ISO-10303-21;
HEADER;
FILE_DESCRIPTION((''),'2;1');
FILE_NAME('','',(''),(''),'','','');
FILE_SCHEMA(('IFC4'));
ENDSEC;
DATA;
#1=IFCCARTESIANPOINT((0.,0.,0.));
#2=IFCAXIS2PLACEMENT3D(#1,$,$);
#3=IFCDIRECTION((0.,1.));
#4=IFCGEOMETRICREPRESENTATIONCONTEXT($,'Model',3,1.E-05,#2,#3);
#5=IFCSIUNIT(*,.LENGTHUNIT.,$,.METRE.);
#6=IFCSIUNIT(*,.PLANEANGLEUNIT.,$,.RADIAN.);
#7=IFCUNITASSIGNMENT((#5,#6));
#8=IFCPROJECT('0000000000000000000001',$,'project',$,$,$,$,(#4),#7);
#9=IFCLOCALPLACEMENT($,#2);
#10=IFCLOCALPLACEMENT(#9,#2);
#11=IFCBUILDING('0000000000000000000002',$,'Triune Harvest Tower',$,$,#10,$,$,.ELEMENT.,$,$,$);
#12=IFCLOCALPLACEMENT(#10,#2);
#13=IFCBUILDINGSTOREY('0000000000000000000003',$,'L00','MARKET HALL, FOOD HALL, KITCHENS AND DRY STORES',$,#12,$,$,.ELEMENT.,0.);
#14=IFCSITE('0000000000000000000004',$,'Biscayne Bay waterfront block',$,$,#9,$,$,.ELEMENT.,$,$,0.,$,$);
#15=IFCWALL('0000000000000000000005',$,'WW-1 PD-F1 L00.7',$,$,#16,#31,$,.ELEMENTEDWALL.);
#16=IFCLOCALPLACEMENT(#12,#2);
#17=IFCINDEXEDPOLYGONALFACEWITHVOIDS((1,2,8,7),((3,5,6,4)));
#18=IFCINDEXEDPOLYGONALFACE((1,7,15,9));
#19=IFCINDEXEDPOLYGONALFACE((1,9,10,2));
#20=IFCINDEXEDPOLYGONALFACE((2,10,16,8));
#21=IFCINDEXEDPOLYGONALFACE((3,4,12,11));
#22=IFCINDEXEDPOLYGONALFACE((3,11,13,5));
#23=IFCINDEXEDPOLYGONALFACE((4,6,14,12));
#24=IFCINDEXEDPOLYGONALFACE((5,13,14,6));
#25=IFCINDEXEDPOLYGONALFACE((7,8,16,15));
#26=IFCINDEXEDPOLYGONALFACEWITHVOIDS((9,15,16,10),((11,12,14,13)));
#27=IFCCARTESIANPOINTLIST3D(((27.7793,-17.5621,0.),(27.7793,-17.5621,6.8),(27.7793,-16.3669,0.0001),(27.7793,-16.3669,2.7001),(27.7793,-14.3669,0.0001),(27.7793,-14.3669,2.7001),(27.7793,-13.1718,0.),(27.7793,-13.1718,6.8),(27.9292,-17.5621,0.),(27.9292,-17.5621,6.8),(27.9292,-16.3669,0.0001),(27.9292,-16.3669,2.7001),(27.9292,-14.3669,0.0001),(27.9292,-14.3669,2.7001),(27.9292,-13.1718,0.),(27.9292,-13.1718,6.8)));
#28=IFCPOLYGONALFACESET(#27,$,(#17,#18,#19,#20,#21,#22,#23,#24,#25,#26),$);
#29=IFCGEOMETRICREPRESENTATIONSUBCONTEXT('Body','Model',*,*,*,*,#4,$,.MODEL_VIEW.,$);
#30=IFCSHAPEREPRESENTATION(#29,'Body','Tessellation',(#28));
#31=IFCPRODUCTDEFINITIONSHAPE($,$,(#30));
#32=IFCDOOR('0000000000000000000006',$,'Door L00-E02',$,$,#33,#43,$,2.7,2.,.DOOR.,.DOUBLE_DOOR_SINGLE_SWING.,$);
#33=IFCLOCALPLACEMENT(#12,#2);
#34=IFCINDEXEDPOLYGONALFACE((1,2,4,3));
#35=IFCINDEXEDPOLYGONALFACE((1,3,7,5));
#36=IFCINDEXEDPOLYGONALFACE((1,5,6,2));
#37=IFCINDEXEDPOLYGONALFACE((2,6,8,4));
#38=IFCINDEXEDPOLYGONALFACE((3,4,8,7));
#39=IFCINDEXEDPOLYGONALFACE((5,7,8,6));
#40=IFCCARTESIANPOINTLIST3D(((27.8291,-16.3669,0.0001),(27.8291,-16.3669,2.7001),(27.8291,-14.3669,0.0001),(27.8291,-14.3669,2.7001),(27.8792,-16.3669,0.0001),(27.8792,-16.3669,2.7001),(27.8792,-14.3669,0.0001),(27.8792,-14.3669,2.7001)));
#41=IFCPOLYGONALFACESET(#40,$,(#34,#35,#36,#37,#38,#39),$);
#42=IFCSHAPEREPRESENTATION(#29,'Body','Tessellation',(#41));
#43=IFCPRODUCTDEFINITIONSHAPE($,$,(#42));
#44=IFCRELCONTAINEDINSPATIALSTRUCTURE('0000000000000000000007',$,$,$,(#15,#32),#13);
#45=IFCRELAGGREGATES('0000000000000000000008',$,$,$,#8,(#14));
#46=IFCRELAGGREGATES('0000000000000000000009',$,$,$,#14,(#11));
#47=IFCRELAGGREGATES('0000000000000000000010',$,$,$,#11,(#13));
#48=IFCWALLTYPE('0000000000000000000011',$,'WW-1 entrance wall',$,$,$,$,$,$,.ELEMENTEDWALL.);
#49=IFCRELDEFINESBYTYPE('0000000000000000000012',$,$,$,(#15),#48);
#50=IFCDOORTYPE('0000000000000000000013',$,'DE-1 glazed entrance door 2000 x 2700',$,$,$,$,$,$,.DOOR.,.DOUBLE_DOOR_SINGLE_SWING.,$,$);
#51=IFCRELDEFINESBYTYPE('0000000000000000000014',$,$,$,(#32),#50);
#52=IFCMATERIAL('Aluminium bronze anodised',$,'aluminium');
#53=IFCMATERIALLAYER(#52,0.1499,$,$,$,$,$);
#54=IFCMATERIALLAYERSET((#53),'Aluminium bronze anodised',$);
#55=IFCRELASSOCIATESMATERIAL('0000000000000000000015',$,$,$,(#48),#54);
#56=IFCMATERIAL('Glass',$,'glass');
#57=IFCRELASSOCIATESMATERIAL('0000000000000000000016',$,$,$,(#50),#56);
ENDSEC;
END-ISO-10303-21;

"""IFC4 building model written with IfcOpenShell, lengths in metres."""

from ifc_helpers import new_model, si_unit, direction, frame, frame_2d, origin, place, context, subcontext, project, spatial, rectangle, extrude, source, transform, mapped, material, layer, layer_set, type_object, element, fill, save


model = new_model("IFC4")

# Units and contexts
model_context = context("Model", 3, precision=1e-05, world=origin(), true_north=direction((0.0, 1.0)))
body_context = subcontext(model_context, "Body", "Model", "MODEL_VIEW")
ifc_project = project(units=[si_unit("LENGTHUNIT", "METRE"), si_unit("PLANEANGLEUNIT", "RADIAN")], contexts=[model_context])

# Site, building, storey
site_placement = place(None, origin())
site = spatial("IfcSite", under=ifc_project, at=site_placement, Name="Biscayne Bay waterfront block", CompositionType="ELEMENT", RefElevation=0.0)
building_placement = place(site_placement, origin())
building = spatial("IfcBuilding", under=site, at=building_placement, Name="Triune Harvest Tower", CompositionType="ELEMENT")
storey_placement = place(building_placement, origin())
storey = spatial("IfcBuildingStorey", under=building, at=storey_placement, Name="L00", Description="MARKET HALL, FOOD HALL, KITCHENS AND DRY STORES", CompositionType="ELEMENT", Elevation=0.0)

# Wall, opening, door
ifc_material_1 = material(Name="Aluminium bronze anodised", Category="aluminium")
ifc_layer_1 = layer(ifc_material_1, 0.1499)
ifc_layer_set_1 = layer_set([ifc_layer_1], Name="Aluminium bronze anodised")
wall_type_1 = type_object("IfcWallType", Name="WW-1 entrance wall", PredefinedType="ELEMENTEDWALL", material=ifc_layer_set_1)
shared_shape_1 = source(origin(), body_context, "Body", "SweptSolid", [
    extrude(rectangle(XDim=4.3904, YDim=0.1499, at=frame_2d((2.1953, 0.0))), origin(), (0.0, 0.0, 1.0), 6.8),
])
wall_1_placement = place(storey_placement, frame((27.8542, -13.1716, 0.0), z_axis=(0.0, 0.0, 1.0), x_axis=(0.0, -1.0, 0.0)))
wall_1 = element("IfcWall", 1, at=wall_1_placement, inside=storey, type_object=wall_type_1, Name="WW-1 PD-F1 L00.7", PredefinedType="ELEMENTEDWALL", context=body_context, shape_type="MappedRepresentation", body=[
    mapped(shared_shape_1, transform((0.0, 0.0, 0.0), scale=1.0)),
])
opening_1_placement = place(wall_1_placement, frame((1.1953, 0.0, 0.0)))
opening_1 = element("IfcOpeningElement", 2, at=opening_1_placement, cuts=wall_1, PredefinedType="OPENING", context=body_context, shape_type="SweptSolid", body=[
    extrude(rectangle(XDim=2.0, YDim=2.7, at=frame_2d((1.0, 1.3501))), frame((0.0, 0.085, 0.0), z_axis=(0.0, -1.0, 0.0), x_axis=(1.0, 0.0, 0.0)), (0.0, 0.0, 1.0), 0.1699),
])
ifc_material_2 = material(Name="Glass", Category="glass")
door_type_1 = type_object("IfcDoorType", Name="DE-1 glazed entrance door 2000 x 2700", OperationType="DOUBLE_DOOR_SINGLE_SWING", PredefinedType="DOOR", material=ifc_material_2)
door_1_placement = place(opening_1_placement, origin())
door_1 = element("IfcDoor", 3, at=door_1_placement, inside=storey, type_object=door_type_1, Name="Door L00-E02", OperationType="DOUBLE_DOOR_SINGLE_SWING", OverallHeight=2.7, OverallWidth=2.0, PredefinedType="DOOR", context=body_context, shape_type="SweptSolid", body=[
    extrude(rectangle(XDim=2.0, YDim=2.7, at=frame_2d((1.0, 1.3501))), frame((0.0, 0.0249, 0.0), z_axis=(0.0, -1.0, 0.0), x_axis=(1.0, 0.0, 0.0)), (0.0, 0.0, 1.0), 0.05),
])
fill(opening_1, door_1)

save(model, "model.ifc")
